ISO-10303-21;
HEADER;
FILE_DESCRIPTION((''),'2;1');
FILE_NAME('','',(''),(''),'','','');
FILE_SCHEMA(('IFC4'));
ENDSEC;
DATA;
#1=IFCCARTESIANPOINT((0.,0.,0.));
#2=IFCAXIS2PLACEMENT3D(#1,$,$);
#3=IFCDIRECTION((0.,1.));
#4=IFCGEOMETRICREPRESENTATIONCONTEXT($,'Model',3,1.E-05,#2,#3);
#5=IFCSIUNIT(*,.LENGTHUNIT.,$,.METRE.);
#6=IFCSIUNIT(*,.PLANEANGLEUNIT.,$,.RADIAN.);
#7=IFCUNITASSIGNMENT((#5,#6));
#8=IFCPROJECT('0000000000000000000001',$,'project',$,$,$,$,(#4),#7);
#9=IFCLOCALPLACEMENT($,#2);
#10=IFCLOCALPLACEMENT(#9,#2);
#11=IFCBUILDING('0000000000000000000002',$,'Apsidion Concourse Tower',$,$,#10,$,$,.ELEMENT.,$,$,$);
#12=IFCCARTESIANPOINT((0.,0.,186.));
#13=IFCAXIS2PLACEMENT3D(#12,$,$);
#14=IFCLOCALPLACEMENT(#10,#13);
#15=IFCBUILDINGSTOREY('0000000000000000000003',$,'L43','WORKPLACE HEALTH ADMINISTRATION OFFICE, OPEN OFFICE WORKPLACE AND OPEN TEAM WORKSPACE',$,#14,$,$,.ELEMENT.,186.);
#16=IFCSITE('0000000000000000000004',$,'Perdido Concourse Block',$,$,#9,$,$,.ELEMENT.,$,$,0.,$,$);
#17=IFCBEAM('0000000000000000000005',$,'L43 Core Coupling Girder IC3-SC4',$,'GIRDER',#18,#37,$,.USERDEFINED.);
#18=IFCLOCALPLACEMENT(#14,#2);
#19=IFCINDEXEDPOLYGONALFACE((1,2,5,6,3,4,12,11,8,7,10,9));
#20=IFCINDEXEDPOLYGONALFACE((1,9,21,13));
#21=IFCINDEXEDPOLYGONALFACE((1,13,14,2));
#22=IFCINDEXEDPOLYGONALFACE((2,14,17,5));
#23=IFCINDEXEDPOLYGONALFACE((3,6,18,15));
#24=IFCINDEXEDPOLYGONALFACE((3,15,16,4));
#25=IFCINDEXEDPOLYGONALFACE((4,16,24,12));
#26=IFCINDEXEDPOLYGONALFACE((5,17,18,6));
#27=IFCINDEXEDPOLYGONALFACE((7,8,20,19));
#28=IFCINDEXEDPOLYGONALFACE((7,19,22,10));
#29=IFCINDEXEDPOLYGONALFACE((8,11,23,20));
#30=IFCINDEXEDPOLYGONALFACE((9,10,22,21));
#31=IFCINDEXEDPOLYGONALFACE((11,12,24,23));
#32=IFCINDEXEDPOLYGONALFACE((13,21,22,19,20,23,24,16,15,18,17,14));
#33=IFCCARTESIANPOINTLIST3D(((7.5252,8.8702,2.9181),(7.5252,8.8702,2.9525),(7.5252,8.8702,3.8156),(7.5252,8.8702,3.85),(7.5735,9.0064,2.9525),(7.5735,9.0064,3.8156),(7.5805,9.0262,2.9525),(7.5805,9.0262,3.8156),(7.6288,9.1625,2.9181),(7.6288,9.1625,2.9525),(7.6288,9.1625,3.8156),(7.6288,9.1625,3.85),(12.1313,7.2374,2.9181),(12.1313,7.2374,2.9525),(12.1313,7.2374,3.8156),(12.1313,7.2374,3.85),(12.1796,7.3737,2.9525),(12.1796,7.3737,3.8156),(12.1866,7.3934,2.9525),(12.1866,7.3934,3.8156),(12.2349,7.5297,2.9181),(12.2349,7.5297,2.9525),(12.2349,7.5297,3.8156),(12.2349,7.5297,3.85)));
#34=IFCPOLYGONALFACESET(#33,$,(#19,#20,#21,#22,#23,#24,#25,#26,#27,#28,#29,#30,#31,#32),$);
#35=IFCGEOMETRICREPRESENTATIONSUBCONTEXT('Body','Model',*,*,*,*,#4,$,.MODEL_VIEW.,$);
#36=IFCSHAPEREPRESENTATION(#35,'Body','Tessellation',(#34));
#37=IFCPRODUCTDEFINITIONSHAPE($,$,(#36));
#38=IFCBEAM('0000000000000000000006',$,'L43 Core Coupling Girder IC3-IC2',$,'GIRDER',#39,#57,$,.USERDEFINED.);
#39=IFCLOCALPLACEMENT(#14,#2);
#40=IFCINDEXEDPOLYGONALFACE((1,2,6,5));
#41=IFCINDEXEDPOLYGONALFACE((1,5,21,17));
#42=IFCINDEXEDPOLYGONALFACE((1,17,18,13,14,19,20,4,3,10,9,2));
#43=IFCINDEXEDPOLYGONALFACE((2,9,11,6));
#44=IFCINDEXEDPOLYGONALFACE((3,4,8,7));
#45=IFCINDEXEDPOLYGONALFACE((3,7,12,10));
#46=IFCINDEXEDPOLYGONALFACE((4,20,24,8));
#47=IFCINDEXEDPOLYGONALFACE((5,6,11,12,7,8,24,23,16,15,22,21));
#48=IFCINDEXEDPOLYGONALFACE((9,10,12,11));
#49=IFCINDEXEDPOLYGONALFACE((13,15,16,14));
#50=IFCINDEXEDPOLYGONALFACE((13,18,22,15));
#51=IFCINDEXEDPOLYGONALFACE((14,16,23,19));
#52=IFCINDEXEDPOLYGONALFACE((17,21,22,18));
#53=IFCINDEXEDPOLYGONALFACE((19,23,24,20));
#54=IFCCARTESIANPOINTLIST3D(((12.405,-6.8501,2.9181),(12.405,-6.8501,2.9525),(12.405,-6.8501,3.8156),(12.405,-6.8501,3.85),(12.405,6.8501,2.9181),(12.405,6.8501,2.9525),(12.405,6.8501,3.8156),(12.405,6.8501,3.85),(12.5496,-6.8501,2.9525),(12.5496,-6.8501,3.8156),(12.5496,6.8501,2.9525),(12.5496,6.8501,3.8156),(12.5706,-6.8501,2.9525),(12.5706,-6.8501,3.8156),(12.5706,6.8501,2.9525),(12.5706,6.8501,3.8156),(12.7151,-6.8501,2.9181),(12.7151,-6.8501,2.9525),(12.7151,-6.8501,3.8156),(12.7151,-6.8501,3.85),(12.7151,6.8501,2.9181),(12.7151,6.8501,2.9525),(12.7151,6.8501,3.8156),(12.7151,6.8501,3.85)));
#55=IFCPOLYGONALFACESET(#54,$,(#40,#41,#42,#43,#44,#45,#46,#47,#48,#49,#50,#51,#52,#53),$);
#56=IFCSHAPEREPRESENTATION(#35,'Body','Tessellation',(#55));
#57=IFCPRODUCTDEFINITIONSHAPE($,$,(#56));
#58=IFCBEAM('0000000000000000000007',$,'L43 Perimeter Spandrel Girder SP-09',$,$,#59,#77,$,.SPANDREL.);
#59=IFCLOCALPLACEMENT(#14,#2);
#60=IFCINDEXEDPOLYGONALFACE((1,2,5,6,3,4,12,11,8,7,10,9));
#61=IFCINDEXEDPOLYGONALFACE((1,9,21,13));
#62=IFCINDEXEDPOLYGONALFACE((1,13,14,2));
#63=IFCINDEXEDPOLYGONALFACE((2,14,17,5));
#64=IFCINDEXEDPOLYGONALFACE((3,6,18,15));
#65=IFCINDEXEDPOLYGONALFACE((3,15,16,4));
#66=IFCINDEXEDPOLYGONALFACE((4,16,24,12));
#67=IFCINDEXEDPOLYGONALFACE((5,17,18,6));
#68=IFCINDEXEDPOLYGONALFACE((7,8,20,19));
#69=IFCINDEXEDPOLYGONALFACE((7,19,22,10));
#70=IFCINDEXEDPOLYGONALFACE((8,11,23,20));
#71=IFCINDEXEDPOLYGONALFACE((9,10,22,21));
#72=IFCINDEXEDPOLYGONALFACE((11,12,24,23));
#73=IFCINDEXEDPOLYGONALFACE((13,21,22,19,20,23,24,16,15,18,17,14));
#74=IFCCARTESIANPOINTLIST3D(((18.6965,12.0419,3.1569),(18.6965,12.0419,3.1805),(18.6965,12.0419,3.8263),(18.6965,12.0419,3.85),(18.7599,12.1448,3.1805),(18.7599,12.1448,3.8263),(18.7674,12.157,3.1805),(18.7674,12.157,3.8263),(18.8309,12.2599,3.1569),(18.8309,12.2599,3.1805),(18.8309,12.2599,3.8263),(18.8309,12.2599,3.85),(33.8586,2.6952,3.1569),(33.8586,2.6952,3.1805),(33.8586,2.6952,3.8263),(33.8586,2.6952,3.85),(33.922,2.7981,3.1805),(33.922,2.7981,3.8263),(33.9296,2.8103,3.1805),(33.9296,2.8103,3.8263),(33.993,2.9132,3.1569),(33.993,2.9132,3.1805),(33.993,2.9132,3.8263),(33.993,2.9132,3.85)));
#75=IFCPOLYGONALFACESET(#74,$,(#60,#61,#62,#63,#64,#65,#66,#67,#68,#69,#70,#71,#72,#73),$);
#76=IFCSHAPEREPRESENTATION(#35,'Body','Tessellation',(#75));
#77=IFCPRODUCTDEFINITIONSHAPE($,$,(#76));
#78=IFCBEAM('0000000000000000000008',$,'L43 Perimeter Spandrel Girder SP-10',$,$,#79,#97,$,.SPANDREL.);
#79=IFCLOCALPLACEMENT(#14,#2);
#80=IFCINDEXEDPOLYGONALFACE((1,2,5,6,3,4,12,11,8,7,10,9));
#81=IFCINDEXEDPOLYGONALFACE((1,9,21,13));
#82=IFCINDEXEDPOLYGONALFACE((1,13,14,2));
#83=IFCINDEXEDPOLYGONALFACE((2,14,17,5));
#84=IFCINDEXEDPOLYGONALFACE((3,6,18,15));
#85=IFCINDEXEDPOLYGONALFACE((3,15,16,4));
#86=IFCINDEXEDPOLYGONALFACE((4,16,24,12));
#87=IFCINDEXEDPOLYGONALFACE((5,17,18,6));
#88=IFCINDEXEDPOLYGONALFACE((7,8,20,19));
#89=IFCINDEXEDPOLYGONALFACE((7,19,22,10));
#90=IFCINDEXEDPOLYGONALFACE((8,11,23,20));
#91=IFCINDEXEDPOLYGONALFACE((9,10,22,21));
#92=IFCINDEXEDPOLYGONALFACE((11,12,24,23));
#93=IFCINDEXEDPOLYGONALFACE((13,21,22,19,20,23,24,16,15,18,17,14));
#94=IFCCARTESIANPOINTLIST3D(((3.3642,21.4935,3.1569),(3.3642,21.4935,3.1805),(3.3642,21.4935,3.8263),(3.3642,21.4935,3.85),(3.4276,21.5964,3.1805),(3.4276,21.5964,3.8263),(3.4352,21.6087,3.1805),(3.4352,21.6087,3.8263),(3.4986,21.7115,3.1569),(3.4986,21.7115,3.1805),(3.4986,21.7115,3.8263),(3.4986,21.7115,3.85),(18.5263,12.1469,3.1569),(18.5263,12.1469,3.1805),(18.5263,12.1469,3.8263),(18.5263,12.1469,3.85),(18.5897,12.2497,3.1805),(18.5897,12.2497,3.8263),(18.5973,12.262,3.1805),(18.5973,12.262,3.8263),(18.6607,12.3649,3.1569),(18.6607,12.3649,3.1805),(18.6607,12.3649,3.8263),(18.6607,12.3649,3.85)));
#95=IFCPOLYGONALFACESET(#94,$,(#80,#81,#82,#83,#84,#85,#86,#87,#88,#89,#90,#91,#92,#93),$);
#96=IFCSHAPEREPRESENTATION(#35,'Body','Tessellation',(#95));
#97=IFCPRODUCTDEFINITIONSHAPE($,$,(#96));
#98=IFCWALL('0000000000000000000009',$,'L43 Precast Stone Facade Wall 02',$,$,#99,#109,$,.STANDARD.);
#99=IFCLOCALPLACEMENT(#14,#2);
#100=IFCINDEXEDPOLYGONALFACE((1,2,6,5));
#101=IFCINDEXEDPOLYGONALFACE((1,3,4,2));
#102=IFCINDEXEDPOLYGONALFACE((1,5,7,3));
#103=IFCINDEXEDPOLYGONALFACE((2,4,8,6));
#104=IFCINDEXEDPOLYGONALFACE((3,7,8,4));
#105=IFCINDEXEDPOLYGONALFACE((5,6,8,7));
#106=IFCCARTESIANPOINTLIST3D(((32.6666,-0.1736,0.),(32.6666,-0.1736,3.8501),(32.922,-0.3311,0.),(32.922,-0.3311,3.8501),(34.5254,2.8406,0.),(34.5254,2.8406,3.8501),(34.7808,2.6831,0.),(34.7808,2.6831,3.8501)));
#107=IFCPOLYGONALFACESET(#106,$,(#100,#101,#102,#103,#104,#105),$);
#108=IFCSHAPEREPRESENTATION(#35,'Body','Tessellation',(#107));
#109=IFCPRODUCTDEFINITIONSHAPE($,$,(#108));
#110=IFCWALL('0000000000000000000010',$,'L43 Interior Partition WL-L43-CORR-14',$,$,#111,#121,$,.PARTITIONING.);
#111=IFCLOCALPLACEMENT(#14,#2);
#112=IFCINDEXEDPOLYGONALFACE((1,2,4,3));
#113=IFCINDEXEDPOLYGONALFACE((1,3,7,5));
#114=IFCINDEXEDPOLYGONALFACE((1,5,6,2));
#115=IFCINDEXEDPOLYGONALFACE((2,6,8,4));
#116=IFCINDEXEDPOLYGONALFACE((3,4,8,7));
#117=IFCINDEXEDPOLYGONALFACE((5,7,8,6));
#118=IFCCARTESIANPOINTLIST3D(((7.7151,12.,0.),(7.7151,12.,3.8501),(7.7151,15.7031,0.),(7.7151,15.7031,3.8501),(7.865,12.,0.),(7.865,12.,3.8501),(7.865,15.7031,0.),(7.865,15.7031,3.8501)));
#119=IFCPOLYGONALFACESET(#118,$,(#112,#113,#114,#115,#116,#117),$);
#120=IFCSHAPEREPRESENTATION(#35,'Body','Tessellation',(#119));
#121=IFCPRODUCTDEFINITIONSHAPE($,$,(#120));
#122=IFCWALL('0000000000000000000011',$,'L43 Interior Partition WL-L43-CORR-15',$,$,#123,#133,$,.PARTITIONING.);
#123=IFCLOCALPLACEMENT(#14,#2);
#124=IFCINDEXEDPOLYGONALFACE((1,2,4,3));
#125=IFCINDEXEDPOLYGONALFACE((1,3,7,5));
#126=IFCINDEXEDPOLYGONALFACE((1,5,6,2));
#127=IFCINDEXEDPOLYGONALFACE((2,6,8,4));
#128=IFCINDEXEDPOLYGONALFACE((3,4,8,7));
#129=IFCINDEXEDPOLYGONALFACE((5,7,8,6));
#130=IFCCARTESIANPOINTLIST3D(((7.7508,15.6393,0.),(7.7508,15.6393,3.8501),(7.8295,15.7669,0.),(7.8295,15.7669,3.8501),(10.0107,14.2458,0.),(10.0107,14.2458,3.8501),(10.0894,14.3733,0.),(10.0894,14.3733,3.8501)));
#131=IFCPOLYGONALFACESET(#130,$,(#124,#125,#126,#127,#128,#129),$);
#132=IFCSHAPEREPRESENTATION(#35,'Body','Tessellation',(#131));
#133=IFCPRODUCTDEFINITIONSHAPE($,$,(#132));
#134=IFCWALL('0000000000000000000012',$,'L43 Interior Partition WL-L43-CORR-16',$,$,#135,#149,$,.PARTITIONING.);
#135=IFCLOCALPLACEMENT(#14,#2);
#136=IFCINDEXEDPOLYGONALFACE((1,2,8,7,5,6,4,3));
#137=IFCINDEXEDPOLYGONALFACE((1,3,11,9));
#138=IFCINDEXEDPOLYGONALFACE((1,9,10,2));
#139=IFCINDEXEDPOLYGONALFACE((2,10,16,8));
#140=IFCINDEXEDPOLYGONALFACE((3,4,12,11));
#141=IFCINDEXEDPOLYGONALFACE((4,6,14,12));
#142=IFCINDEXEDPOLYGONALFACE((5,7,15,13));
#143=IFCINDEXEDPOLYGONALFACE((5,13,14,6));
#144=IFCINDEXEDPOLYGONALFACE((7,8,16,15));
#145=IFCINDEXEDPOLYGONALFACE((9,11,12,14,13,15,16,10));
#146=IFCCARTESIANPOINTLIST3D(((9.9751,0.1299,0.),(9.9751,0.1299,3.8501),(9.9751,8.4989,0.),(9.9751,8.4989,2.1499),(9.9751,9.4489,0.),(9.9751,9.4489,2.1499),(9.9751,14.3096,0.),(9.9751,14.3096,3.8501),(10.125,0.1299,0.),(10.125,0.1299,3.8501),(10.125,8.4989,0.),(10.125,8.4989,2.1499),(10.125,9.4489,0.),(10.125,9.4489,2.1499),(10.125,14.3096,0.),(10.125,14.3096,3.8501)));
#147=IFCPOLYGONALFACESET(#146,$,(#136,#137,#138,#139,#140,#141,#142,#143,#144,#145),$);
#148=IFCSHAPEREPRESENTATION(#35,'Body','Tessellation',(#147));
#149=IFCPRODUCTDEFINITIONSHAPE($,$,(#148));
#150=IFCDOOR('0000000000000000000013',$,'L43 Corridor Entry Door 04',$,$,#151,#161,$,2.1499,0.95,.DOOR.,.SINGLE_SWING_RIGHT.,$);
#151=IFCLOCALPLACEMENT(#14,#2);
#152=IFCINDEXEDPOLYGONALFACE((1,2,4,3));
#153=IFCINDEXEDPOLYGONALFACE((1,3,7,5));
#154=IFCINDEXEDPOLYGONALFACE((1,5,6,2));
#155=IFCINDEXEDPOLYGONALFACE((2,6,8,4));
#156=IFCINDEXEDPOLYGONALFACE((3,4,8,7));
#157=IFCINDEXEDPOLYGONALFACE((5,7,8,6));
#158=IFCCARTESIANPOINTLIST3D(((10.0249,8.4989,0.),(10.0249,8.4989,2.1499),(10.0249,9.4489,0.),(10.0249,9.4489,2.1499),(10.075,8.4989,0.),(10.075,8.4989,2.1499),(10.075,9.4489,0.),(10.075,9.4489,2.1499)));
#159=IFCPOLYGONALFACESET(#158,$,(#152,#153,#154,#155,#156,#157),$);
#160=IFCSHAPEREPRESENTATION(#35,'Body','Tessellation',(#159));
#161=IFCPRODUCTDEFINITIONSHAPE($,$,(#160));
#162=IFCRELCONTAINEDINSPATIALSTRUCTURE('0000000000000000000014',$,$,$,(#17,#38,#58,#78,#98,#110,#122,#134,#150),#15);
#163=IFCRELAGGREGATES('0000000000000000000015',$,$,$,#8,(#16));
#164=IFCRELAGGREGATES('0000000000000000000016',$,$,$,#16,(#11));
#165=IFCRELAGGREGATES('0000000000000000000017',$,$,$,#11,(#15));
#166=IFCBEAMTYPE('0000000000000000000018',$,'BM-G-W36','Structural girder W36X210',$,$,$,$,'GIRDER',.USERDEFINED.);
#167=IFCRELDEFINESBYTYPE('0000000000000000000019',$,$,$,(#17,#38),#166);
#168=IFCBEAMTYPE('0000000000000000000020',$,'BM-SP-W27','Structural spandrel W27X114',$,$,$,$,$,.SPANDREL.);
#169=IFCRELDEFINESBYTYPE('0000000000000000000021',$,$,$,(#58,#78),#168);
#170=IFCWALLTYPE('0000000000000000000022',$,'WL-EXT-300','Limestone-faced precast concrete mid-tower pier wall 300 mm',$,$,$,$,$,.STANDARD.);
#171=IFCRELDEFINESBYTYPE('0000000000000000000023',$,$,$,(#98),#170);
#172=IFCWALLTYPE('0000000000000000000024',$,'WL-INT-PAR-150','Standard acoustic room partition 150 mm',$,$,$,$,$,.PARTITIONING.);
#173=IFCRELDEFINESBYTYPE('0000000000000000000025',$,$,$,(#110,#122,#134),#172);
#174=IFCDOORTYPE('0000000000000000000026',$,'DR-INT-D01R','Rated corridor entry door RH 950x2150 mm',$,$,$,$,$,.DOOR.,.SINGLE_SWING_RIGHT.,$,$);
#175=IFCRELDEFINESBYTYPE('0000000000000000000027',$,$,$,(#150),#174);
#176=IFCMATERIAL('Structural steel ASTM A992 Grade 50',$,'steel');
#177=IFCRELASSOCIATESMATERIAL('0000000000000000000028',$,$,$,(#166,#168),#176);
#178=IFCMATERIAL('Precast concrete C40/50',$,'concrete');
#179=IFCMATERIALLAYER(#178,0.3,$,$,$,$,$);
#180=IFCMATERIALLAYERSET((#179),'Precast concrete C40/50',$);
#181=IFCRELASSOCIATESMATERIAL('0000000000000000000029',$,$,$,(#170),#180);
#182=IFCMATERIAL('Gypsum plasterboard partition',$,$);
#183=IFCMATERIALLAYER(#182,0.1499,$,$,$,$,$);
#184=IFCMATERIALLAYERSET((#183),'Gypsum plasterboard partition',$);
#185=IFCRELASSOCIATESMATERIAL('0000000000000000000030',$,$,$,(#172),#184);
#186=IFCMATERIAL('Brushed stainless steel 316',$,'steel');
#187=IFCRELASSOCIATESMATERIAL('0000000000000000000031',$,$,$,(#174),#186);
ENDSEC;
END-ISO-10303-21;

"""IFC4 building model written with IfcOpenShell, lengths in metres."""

from ifc_helpers import new_model, si_unit, direction, frame, frame_2d, origin, origin_2d, place, context, subcontext, project, spatial, rectangle, i_section, extrude, material, layer, layer_set, material_profile, profile_set, type_object, element, fill, save


model = new_model("IFC4")

# Units and contexts
model_context = context("Model", 3, precision=1e-05, world=origin(), true_north=direction((0.0, 1.0)))
body_context = subcontext(model_context, "Body", "Model", "MODEL_VIEW")
ifc_project = project(units=[si_unit("LENGTHUNIT", "METRE"), si_unit("PLANEANGLEUNIT", "RADIAN")], contexts=[model_context])

# Site, building, storey
site_placement = place(None, origin())
site = spatial("IfcSite", under=ifc_project, at=site_placement, Name="Perdido Concourse Block", CompositionType="ELEMENT", RefElevation=0.0)
building_placement = place(site_placement, origin())
building = spatial("IfcBuilding", under=site, at=building_placement, Name="Apsidion Concourse Tower", CompositionType="ELEMENT")
storey_placement = place(building_placement, frame((0.0, 0.0, 186.0)))
storey = spatial("IfcBuildingStorey", under=building, at=storey_placement, Name="L43", Description="WORKPLACE HEALTH ADMINISTRATION OFFICE, OPEN OFFICE WORKPLACE AND OPEN TEAM WORKSPACE", CompositionType="ELEMENT", Elevation=186.0)

# Shared definitions
ifc_material_1 = material(Name="Structural steel ASTM A992 Grade 50", Category="steel")

# Beams
ifc_material_profile_1 = material_profile(ifc_material_1, i_section(OverallWidth=0.3101, OverallDepth=0.9319, WebThickness=0.021, FlangeThickness=0.0344, at=origin_2d()), Name="W36X210")
ifc_profile_set_1 = profile_set([ifc_material_profile_1], Name="Structural steel ASTM A992 Grade 50")
beam_type_1 = type_object("IfcBeamType", Name="BM-G-W36", Description="Structural girder W36X210", ElementType="GIRDER", PredefinedType="USERDEFINED", material=ifc_profile_set_1)
beam_1_placement = place(storey_placement, frame((12.1831, 7.3835, 3.384), z_axis=(-0.942534, 0.334111, 0.0), x_axis=(-0.334111, -0.942534, 0.0)))
element("IfcBeam", 1, at=beam_1_placement, inside=storey, type_object=beam_type_1, Name="L43 Core Coupling Girder IC3-SC4", ObjectType="GIRDER", PredefinedType="USERDEFINED", context=body_context, shape_type="SweptSolid", body=[
    extrude(i_section(OverallWidth=0.3101, OverallDepth=0.9319, WebThickness=0.021, FlangeThickness=0.0344, at=origin_2d()), origin(), (0.0, 0.0, 1.0), 4.887),
])
beam_2_placement = place(storey_placement, frame((12.5601, 6.8501, 3.384), z_axis=(0.0, -1.0, 0.0), x_axis=(1.0, 0.0, 0.0)))
element("IfcBeam", 2, at=beam_2_placement, inside=storey, type_object=beam_type_1, Name="L43 Core Coupling Girder IC3-IC2", ObjectType="GIRDER", PredefinedType="USERDEFINED", context=body_context, shape_type="SweptSolid", body=[
    extrude(i_section(OverallWidth=0.3101, OverallDepth=0.9319, WebThickness=0.021, FlangeThickness=0.0344, at=origin_2d()), origin(), (0.0, 0.0, 1.0), 13.7002),
])
ifc_material_profile_2 = material_profile(ifc_material_1, i_section(OverallWidth=0.2561, OverallDepth=0.6931, WebThickness=0.0144, FlangeThickness=0.0237, at=origin_2d()), Name="W27X114")
ifc_profile_set_2 = profile_set([ifc_material_profile_2], Name="Structural steel ASTM A992 Grade 50")
beam_type_2 = type_object("IfcBeamType", Name="BM-SP-W27", Description="Structural spandrel W27X114", PredefinedType="SPANDREL", material=ifc_profile_set_2)
for number, where, z_axis, x_axis, name in (
    (3, (33.9258, 2.8042, 3.5034), (-0.851253, 0.524755, 0.0), (-0.524755, -0.851253, 0.0), "L43 Perimeter Spandrel Girder SP-09"),
    (4, (18.5935, 12.2559, 3.5034), (-0.851253, 0.524755, 0.0), (-0.524755, -0.851253, 0.0), "L43 Perimeter Spandrel Girder SP-10"),
):
    element("IfcBeam", number, at=place(storey_placement, frame(where, z_axis=z_axis, x_axis=x_axis)), inside=storey, type_object=beam_type_2, Name=name, PredefinedType="SPANDREL", context=body_context, shape_type="SweptSolid", body=[
        extrude(i_section(OverallWidth=0.2561, OverallDepth=0.6931, WebThickness=0.0144, FlangeThickness=0.0237, at=origin_2d()), origin(), (0.0, 0.0, 1.0), 17.8115),
    ])

# Walls
ifc_material_2 = material(Name="Precast concrete C40/50", Category="concrete")
ifc_layer_1 = layer(ifc_material_2, 0.3)
ifc_layer_set_1 = layer_set([ifc_layer_1], Name="Precast concrete C40/50")
wall_type_1 = type_object("IfcWallType", Name="WL-EXT-300", Description="Limestone-faced precast concrete mid-tower pier wall 300 mm", PredefinedType="STANDARD", material=ifc_layer_set_1)
wall_1_placement = place(storey_placement, frame((34.6531, 2.7617, 0.0), z_axis=(0.0, 0.0, 1.0), x_axis=(-0.52492, -0.851151, 0.0)))
element("IfcWall", 5, at=wall_1_placement, inside=storey, type_object=wall_type_1, Name="L43 Precast Stone Facade Wall 02", PredefinedType="STANDARD", context=body_context, shape_type="SweptSolid", body=[
    extrude(rectangle(XDim=3.5413, YDim=0.3, at=frame_2d((1.7705, 0.0))), origin(), (0.0, 0.0, 1.0), 3.8501),
])
ifc_material_3 = material(Name="Gypsum plasterboard partition")
ifc_layer_2 = layer(ifc_material_3, 0.1499)
ifc_layer_set_2 = layer_set([ifc_layer_2], Name="Gypsum plasterboard partition")
wall_type_2 = type_object("IfcWallType", Name="WL-INT-PAR-150", Description="Standard acoustic room partition 150 mm", PredefinedType="PARTITIONING", material=ifc_layer_set_2)
wall_2_placement = place(storey_placement, frame((7.79, 12.0, 0.0), z_axis=(0.0, 0.0, 1.0), x_axis=(0.0, 1.0, 0.0)))
element("IfcWall", 6, at=wall_2_placement, inside=storey, type_object=wall_type_2, Name="L43 Interior Partition WL-L43-CORR-14", PredefinedType="PARTITIONING", context=body_context, shape_type="SweptSolid", body=[
    extrude(rectangle(XDim=3.7031, YDim=0.1499, at=frame_2d((1.8516, 0.0))), origin(), (0.0, 0.0, 1.0), 3.8501),
])
wall_3_placement = place(storey_placement, frame((7.79, 15.7031, 0.0), z_axis=(0.0, 0.0, 1.0), x_axis=(0.851191, -0.524857, 0.0)))
element("IfcWall", 7, at=wall_3_placement, inside=storey, type_object=wall_type_2, Name="L43 Interior Partition WL-L43-CORR-15", PredefinedType="PARTITIONING", context=body_context, shape_type="SweptSolid", body=[
    extrude(rectangle(XDim=2.655, YDim=0.1499, at=frame_2d((1.3276, 0.0))), origin(), (0.0, 0.0, 1.0), 3.8501),
])

# Wall, opening, door
wall_4_placement = place(storey_placement, frame((10.05, 14.3096, 0.0), z_axis=(0.0, 0.0, 1.0), x_axis=(0.0, -1.0, 0.0)))
wall_4 = element("IfcWall", 8, at=wall_4_placement, inside=storey, type_object=wall_type_2, Name="L43 Interior Partition WL-L43-CORR-16", PredefinedType="PARTITIONING", context=body_context, shape_type="SweptSolid", body=[
    extrude(rectangle(XDim=14.1797, YDim=0.1499, at=frame_2d((7.0898, 0.0))), origin(), (0.0, 0.0, 1.0), 3.8501),
])
opening_1_placement = place(wall_4_placement, frame((4.8606, 0.0, 0.0)))
opening_1 = element("IfcOpeningElement", 9, at=opening_1_placement, cuts=wall_4, PredefinedType="OPENING", context=body_context, shape_type="SweptSolid", body=[
    extrude(rectangle(XDim=0.95, YDim=2.1499, at=frame_2d((0.4751, 1.075))), frame((0.0, 0.085, 0.0), z_axis=(0.0, -1.0, 0.0), x_axis=(1.0, 0.0, 0.0)), (0.0, 0.0, 1.0), 0.1699),
])
ifc_material_4 = material(Name="Brushed stainless steel 316", Category="steel")
door_type_1 = type_object("IfcDoorType", Name="DR-INT-D01R", Description="Rated corridor entry door RH 950x2150 mm", OperationType="SINGLE_SWING_RIGHT", PredefinedType="DOOR", material=ifc_material_4)
door_1_placement = place(opening_1_placement, origin())
door_1 = element("IfcDoor", 10, at=door_1_placement, inside=storey, type_object=door_type_1, Name="L43 Corridor Entry Door 04", OperationType="SINGLE_SWING_RIGHT", OverallHeight=2.1499, OverallWidth=0.95, PredefinedType="DOOR", context=body_context, shape_type="SweptSolid", body=[
    extrude(rectangle(XDim=0.95, YDim=2.1499, at=frame_2d((0.4751, 1.075))), frame((0.0, 0.0249, 0.0), z_axis=(0.0, -1.0, 0.0), x_axis=(1.0, 0.0, 0.0)), (0.0, 0.0, 1.0), 0.05),
])
fill(opening_1, door_1)

save(model, "model.ifc")
